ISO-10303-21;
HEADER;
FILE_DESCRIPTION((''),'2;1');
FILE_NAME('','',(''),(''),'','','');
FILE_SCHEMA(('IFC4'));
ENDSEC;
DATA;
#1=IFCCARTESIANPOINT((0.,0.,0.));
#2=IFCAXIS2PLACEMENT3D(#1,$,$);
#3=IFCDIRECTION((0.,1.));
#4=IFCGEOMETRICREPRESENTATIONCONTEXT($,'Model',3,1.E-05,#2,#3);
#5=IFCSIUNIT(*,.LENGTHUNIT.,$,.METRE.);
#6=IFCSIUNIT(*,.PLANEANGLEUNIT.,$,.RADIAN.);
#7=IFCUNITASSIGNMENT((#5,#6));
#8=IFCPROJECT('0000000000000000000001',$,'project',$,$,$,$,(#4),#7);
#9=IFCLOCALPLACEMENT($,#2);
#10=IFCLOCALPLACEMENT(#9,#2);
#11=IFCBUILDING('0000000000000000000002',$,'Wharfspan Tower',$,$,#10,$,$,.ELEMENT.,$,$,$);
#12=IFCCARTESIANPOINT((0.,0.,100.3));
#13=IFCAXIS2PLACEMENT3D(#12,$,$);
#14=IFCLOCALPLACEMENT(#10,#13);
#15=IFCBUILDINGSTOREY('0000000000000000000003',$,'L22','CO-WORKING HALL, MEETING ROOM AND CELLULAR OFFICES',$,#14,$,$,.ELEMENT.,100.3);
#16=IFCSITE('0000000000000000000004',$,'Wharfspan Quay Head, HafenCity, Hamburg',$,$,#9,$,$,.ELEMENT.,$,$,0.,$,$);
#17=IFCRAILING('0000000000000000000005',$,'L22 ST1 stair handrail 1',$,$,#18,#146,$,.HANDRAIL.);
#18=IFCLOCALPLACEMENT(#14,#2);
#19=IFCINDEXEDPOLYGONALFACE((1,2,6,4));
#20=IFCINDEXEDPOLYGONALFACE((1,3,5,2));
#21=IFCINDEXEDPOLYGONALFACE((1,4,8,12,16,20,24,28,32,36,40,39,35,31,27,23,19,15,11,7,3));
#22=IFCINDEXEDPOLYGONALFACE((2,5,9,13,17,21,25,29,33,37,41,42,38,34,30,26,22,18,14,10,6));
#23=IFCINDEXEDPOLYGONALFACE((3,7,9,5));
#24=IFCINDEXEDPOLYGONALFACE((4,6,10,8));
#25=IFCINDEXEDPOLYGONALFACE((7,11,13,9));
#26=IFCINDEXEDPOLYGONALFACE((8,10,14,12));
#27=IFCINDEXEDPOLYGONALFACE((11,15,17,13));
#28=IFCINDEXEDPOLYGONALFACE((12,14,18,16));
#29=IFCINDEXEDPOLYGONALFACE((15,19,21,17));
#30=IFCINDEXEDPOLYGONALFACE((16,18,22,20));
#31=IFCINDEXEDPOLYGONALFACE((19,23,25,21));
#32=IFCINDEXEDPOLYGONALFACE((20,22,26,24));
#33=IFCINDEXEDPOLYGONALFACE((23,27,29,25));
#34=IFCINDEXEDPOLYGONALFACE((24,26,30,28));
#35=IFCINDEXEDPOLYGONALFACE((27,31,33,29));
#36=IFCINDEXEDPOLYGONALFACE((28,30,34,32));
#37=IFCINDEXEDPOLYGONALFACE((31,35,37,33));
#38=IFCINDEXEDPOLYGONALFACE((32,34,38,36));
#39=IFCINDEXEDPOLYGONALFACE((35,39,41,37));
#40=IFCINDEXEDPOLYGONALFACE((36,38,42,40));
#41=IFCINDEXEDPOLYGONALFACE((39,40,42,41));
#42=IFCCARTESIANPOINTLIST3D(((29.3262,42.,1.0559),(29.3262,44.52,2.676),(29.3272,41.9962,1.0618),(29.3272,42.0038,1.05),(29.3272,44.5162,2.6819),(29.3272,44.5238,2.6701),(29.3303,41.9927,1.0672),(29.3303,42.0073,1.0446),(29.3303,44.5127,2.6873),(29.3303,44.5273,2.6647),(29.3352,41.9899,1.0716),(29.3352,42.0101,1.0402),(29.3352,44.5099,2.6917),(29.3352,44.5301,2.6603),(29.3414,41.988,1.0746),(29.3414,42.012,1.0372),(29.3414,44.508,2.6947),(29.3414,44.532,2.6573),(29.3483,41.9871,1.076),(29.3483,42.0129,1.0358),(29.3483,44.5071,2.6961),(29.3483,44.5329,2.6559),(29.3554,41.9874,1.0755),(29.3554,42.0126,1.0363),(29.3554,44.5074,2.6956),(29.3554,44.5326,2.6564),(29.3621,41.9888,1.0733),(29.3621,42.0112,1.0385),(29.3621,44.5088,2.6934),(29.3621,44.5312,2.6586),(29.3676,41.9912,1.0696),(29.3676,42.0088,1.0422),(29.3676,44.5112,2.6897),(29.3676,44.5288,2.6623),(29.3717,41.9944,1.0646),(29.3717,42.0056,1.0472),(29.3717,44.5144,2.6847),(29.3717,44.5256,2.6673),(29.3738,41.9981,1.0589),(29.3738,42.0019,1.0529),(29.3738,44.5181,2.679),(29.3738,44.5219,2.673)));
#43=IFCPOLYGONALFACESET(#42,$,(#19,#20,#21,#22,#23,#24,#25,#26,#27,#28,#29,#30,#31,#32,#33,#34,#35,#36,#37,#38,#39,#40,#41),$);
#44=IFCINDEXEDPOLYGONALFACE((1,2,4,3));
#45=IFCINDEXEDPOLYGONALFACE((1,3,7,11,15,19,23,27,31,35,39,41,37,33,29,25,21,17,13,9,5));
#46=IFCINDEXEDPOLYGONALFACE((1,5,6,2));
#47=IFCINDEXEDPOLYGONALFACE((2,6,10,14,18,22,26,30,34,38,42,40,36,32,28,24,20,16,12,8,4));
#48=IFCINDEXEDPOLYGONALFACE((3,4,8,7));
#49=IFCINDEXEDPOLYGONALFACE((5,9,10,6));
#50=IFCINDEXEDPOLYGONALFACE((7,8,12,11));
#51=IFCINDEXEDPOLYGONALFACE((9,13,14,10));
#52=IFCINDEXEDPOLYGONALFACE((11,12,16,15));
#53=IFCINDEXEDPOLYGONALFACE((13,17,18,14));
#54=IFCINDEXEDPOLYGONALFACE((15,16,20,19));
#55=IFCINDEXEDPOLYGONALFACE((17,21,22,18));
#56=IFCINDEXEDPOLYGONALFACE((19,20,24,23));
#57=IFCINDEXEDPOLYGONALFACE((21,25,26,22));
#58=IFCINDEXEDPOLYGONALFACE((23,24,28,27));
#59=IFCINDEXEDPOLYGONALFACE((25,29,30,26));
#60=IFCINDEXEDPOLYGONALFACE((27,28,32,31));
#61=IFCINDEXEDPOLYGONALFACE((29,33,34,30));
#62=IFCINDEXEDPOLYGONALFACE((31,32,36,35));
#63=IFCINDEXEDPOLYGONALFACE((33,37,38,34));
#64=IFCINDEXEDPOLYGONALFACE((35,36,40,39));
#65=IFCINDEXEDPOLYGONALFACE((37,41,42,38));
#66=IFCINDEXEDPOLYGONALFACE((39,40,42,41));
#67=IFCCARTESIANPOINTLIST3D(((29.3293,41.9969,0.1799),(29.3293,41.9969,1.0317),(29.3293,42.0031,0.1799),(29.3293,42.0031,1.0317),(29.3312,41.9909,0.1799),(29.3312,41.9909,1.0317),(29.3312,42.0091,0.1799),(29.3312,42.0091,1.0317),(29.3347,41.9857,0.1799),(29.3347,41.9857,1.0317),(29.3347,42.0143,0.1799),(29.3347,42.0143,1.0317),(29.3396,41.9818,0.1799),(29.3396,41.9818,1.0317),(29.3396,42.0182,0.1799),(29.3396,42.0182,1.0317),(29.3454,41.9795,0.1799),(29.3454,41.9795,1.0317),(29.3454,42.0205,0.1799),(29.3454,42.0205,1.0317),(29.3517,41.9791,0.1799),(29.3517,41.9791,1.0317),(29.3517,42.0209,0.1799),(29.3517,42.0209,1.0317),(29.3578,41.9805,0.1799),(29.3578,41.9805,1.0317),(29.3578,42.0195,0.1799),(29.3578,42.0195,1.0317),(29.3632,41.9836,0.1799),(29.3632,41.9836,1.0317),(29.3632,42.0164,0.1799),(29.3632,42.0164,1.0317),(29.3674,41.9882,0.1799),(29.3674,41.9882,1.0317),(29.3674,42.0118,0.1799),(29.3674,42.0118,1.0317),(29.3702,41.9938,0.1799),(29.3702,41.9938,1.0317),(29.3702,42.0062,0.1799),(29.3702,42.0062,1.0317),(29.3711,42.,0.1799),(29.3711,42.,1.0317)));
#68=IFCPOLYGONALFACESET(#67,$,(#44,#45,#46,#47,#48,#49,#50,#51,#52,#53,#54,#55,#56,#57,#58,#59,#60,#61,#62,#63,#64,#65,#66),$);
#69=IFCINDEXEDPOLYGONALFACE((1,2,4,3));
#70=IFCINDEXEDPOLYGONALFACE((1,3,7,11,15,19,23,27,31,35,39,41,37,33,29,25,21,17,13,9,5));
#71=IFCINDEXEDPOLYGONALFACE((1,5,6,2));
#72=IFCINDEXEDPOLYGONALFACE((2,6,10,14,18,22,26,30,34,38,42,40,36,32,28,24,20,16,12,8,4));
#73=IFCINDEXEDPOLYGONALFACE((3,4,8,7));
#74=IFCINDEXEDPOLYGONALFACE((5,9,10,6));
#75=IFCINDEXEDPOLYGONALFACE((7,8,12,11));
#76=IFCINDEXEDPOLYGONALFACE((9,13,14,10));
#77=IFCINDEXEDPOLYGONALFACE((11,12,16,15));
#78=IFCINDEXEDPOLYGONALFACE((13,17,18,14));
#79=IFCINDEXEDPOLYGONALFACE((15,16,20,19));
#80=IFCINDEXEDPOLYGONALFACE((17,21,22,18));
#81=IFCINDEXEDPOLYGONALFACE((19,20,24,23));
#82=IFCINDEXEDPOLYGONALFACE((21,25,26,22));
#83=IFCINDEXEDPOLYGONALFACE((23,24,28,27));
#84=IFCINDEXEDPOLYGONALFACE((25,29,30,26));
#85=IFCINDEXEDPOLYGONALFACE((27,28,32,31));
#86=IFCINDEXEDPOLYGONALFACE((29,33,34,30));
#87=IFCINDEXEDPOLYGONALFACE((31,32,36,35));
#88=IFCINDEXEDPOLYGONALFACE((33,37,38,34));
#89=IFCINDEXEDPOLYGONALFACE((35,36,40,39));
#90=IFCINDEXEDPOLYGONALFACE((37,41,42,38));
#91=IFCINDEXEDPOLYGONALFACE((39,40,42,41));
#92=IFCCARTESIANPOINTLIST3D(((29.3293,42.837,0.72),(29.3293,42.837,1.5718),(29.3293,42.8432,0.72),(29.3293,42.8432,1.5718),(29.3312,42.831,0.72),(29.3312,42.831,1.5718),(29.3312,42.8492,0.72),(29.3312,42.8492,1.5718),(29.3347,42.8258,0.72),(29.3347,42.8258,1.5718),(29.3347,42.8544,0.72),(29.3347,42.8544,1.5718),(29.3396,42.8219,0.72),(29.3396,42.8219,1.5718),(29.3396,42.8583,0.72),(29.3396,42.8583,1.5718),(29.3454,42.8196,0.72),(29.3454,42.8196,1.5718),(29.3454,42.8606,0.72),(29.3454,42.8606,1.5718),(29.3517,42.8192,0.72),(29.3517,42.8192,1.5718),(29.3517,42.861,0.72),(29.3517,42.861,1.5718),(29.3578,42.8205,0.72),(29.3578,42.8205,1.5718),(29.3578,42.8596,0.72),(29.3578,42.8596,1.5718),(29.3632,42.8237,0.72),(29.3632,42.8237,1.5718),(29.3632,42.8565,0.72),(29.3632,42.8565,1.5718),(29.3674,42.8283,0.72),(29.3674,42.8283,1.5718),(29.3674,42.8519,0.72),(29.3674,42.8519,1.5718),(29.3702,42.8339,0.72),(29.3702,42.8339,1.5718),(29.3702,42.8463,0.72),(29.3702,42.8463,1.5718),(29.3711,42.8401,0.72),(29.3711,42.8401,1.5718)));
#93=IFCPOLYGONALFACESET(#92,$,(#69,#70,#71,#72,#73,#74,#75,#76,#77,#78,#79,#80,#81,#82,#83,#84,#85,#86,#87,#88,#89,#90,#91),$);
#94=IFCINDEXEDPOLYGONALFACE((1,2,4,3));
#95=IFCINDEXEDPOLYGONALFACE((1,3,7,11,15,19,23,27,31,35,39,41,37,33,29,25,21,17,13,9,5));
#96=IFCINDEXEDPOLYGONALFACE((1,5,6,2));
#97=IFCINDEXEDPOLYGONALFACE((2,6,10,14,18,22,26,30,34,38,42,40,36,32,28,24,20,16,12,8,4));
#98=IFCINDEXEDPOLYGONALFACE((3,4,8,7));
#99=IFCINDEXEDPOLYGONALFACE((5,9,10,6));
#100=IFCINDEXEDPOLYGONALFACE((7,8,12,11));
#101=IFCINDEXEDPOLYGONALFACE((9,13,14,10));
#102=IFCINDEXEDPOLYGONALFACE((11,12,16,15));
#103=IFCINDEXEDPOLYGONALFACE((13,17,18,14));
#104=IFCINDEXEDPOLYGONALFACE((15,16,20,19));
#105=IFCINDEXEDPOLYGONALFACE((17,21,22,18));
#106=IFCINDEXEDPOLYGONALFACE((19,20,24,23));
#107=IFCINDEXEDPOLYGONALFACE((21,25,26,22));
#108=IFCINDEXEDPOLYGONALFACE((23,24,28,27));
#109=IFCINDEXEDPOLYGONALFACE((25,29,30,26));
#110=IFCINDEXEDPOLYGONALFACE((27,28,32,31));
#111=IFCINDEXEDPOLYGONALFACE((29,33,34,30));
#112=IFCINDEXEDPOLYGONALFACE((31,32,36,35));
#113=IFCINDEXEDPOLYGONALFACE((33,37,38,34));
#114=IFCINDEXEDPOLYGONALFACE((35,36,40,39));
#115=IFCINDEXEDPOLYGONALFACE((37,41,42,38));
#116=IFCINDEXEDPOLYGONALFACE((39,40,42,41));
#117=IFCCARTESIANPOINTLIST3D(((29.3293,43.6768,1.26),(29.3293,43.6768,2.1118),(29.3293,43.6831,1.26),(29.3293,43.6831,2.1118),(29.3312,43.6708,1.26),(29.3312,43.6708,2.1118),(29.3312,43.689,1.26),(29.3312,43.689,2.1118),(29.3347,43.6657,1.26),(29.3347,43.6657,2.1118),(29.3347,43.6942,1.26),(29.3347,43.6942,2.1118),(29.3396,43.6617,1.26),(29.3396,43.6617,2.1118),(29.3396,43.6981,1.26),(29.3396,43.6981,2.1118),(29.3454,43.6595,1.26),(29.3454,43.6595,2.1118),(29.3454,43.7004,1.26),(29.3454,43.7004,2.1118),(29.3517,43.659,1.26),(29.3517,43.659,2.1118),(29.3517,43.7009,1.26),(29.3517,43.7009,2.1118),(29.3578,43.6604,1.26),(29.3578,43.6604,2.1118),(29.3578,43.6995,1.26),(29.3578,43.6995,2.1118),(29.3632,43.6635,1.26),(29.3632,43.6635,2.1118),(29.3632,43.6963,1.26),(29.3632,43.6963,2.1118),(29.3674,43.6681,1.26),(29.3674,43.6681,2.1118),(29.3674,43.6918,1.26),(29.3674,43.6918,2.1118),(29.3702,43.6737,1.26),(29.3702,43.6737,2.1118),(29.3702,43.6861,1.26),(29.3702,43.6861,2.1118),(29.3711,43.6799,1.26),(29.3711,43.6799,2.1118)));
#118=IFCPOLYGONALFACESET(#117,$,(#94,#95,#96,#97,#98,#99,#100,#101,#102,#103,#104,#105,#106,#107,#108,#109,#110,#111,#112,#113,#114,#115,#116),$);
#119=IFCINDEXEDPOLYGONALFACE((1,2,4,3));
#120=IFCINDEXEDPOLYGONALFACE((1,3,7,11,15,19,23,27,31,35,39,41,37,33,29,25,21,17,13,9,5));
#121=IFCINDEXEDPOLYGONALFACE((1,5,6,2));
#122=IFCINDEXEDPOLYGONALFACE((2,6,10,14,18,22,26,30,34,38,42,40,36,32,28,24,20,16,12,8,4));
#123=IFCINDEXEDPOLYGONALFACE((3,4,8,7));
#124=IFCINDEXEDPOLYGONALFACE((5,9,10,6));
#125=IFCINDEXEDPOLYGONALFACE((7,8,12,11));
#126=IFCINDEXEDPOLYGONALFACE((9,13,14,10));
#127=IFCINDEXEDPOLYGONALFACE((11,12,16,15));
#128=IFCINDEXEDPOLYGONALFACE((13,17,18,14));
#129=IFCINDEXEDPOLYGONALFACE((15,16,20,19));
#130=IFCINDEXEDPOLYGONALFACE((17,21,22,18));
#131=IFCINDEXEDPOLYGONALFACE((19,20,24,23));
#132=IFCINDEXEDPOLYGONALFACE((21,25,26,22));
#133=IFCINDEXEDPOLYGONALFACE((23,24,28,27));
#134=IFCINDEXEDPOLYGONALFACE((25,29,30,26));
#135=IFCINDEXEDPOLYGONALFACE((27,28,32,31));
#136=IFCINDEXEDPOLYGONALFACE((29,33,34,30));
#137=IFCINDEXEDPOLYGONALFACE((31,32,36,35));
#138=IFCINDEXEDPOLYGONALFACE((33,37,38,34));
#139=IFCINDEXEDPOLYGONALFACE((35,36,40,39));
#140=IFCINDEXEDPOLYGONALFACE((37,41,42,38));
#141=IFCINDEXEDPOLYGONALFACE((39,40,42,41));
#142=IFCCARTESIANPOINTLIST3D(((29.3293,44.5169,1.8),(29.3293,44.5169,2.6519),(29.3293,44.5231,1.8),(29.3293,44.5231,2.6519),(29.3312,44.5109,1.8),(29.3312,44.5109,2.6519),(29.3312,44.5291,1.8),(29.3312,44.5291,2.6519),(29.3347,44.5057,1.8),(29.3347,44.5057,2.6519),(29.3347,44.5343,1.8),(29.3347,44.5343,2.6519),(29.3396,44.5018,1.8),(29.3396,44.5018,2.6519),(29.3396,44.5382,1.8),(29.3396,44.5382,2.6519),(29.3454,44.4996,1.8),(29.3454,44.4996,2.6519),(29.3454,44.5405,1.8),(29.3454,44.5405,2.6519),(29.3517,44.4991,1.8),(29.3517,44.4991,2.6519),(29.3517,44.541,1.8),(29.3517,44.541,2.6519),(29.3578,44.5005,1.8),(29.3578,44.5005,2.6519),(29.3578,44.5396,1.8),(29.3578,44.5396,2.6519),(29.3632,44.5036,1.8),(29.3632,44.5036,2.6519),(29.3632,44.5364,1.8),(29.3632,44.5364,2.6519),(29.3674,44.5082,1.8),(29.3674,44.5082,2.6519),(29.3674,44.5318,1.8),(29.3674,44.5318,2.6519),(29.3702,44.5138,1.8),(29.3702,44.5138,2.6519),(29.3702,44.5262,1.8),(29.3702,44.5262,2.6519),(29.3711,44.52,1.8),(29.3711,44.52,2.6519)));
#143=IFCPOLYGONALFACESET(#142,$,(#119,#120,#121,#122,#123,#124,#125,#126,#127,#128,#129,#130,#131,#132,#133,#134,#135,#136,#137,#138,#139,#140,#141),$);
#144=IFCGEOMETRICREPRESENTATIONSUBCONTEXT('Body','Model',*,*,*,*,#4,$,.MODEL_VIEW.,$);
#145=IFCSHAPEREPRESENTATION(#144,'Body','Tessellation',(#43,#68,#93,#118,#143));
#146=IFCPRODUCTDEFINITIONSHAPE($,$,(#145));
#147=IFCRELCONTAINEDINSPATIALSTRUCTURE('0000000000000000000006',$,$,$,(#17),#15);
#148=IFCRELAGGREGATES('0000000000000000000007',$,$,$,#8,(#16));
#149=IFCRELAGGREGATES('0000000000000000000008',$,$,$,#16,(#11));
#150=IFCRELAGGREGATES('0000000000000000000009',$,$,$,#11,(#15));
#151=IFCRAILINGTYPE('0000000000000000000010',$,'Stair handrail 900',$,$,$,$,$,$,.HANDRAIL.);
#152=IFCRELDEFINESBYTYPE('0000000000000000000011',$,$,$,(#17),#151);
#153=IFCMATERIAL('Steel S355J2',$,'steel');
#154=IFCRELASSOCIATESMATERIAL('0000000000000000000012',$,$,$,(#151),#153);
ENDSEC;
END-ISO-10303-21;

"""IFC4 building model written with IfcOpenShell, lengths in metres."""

from ifc_helpers import new_model, si_unit, direction, frame, origin, origin_2d, place, context, subcontext, project, spatial, circle, extrude, material, type_object, element, save


model = new_model("IFC4")

# Units and contexts
model_context = context("Model", 3, precision=1e-05, world=origin(), true_north=direction((0.0, 1.0)))
body_context = subcontext(model_context, "Body", "Model", "MODEL_VIEW")
ifc_project = project(units=[si_unit("LENGTHUNIT", "METRE"), si_unit("PLANEANGLEUNIT", "RADIAN")], contexts=[model_context])

# Site, building, storey
site_placement = place(None, origin())
site = spatial("IfcSite", under=ifc_project, at=site_placement, Name="Wharfspan Quay Head, HafenCity, Hamburg", CompositionType="ELEMENT", RefElevation=0.0)
building_placement = place(site_placement, origin())
building = spatial("IfcBuilding", under=site, at=building_placement, Name="Wharfspan Tower", CompositionType="ELEMENT")
storey_placement = place(building_placement, frame((0.0, 0.0, 100.3)))
storey = spatial("IfcBuildingStorey", under=building, at=storey_placement, Name="L22", Description="CO-WORKING HALL, MEETING ROOM AND CELLULAR OFFICES", CompositionType="ELEMENT", Elevation=100.3)

# Shared definitions
ifc_material_1 = material(Name="Steel S355J2", Category="steel")

# Railing
railing_type_1 = type_object("IfcRailingType", Name="Stair handrail 900", PredefinedType="HANDRAIL", material=ifc_material_1)
railing_1_placement = place(storey_placement, frame((29.3501, 42.0, 0.1799)))
element("IfcRailing", 1, at=railing_1_placement, inside=storey, type_object=railing_type_1, Name="L22 ST1 stair handrail 1", PredefinedType="HANDRAIL", context=body_context, shape_type="SweptSolid", body=[
    extrude(circle(Radius=0.0239, at=origin_2d()), frame((0.0, 0.0, 0.876), z_axis=(0.0, 0.841163, 0.540782), x_axis=(-1.0, 0.0, 0.0)), (0.0, 0.0, 1.0), 2.9958),
    extrude(circle(Radius=0.021, at=origin_2d()), origin(), (0.0, 0.0, 1.0), 0.8518),
    extrude(circle(Radius=0.021, at=origin_2d()), frame((0.0, 0.8401, 0.54)), (0.0, 0.0, 1.0), 0.8518),
    extrude(circle(Radius=0.021, at=origin_2d()), frame((0.0, 1.6799, 1.0801)), (0.0, 0.0, 1.0), 0.8518),
    extrude(circle(Radius=0.021, at=origin_2d()), frame((0.0, 2.52, 1.6201)), (0.0, 0.0, 1.0), 0.8518),
])

save(model, "model.ifc")
